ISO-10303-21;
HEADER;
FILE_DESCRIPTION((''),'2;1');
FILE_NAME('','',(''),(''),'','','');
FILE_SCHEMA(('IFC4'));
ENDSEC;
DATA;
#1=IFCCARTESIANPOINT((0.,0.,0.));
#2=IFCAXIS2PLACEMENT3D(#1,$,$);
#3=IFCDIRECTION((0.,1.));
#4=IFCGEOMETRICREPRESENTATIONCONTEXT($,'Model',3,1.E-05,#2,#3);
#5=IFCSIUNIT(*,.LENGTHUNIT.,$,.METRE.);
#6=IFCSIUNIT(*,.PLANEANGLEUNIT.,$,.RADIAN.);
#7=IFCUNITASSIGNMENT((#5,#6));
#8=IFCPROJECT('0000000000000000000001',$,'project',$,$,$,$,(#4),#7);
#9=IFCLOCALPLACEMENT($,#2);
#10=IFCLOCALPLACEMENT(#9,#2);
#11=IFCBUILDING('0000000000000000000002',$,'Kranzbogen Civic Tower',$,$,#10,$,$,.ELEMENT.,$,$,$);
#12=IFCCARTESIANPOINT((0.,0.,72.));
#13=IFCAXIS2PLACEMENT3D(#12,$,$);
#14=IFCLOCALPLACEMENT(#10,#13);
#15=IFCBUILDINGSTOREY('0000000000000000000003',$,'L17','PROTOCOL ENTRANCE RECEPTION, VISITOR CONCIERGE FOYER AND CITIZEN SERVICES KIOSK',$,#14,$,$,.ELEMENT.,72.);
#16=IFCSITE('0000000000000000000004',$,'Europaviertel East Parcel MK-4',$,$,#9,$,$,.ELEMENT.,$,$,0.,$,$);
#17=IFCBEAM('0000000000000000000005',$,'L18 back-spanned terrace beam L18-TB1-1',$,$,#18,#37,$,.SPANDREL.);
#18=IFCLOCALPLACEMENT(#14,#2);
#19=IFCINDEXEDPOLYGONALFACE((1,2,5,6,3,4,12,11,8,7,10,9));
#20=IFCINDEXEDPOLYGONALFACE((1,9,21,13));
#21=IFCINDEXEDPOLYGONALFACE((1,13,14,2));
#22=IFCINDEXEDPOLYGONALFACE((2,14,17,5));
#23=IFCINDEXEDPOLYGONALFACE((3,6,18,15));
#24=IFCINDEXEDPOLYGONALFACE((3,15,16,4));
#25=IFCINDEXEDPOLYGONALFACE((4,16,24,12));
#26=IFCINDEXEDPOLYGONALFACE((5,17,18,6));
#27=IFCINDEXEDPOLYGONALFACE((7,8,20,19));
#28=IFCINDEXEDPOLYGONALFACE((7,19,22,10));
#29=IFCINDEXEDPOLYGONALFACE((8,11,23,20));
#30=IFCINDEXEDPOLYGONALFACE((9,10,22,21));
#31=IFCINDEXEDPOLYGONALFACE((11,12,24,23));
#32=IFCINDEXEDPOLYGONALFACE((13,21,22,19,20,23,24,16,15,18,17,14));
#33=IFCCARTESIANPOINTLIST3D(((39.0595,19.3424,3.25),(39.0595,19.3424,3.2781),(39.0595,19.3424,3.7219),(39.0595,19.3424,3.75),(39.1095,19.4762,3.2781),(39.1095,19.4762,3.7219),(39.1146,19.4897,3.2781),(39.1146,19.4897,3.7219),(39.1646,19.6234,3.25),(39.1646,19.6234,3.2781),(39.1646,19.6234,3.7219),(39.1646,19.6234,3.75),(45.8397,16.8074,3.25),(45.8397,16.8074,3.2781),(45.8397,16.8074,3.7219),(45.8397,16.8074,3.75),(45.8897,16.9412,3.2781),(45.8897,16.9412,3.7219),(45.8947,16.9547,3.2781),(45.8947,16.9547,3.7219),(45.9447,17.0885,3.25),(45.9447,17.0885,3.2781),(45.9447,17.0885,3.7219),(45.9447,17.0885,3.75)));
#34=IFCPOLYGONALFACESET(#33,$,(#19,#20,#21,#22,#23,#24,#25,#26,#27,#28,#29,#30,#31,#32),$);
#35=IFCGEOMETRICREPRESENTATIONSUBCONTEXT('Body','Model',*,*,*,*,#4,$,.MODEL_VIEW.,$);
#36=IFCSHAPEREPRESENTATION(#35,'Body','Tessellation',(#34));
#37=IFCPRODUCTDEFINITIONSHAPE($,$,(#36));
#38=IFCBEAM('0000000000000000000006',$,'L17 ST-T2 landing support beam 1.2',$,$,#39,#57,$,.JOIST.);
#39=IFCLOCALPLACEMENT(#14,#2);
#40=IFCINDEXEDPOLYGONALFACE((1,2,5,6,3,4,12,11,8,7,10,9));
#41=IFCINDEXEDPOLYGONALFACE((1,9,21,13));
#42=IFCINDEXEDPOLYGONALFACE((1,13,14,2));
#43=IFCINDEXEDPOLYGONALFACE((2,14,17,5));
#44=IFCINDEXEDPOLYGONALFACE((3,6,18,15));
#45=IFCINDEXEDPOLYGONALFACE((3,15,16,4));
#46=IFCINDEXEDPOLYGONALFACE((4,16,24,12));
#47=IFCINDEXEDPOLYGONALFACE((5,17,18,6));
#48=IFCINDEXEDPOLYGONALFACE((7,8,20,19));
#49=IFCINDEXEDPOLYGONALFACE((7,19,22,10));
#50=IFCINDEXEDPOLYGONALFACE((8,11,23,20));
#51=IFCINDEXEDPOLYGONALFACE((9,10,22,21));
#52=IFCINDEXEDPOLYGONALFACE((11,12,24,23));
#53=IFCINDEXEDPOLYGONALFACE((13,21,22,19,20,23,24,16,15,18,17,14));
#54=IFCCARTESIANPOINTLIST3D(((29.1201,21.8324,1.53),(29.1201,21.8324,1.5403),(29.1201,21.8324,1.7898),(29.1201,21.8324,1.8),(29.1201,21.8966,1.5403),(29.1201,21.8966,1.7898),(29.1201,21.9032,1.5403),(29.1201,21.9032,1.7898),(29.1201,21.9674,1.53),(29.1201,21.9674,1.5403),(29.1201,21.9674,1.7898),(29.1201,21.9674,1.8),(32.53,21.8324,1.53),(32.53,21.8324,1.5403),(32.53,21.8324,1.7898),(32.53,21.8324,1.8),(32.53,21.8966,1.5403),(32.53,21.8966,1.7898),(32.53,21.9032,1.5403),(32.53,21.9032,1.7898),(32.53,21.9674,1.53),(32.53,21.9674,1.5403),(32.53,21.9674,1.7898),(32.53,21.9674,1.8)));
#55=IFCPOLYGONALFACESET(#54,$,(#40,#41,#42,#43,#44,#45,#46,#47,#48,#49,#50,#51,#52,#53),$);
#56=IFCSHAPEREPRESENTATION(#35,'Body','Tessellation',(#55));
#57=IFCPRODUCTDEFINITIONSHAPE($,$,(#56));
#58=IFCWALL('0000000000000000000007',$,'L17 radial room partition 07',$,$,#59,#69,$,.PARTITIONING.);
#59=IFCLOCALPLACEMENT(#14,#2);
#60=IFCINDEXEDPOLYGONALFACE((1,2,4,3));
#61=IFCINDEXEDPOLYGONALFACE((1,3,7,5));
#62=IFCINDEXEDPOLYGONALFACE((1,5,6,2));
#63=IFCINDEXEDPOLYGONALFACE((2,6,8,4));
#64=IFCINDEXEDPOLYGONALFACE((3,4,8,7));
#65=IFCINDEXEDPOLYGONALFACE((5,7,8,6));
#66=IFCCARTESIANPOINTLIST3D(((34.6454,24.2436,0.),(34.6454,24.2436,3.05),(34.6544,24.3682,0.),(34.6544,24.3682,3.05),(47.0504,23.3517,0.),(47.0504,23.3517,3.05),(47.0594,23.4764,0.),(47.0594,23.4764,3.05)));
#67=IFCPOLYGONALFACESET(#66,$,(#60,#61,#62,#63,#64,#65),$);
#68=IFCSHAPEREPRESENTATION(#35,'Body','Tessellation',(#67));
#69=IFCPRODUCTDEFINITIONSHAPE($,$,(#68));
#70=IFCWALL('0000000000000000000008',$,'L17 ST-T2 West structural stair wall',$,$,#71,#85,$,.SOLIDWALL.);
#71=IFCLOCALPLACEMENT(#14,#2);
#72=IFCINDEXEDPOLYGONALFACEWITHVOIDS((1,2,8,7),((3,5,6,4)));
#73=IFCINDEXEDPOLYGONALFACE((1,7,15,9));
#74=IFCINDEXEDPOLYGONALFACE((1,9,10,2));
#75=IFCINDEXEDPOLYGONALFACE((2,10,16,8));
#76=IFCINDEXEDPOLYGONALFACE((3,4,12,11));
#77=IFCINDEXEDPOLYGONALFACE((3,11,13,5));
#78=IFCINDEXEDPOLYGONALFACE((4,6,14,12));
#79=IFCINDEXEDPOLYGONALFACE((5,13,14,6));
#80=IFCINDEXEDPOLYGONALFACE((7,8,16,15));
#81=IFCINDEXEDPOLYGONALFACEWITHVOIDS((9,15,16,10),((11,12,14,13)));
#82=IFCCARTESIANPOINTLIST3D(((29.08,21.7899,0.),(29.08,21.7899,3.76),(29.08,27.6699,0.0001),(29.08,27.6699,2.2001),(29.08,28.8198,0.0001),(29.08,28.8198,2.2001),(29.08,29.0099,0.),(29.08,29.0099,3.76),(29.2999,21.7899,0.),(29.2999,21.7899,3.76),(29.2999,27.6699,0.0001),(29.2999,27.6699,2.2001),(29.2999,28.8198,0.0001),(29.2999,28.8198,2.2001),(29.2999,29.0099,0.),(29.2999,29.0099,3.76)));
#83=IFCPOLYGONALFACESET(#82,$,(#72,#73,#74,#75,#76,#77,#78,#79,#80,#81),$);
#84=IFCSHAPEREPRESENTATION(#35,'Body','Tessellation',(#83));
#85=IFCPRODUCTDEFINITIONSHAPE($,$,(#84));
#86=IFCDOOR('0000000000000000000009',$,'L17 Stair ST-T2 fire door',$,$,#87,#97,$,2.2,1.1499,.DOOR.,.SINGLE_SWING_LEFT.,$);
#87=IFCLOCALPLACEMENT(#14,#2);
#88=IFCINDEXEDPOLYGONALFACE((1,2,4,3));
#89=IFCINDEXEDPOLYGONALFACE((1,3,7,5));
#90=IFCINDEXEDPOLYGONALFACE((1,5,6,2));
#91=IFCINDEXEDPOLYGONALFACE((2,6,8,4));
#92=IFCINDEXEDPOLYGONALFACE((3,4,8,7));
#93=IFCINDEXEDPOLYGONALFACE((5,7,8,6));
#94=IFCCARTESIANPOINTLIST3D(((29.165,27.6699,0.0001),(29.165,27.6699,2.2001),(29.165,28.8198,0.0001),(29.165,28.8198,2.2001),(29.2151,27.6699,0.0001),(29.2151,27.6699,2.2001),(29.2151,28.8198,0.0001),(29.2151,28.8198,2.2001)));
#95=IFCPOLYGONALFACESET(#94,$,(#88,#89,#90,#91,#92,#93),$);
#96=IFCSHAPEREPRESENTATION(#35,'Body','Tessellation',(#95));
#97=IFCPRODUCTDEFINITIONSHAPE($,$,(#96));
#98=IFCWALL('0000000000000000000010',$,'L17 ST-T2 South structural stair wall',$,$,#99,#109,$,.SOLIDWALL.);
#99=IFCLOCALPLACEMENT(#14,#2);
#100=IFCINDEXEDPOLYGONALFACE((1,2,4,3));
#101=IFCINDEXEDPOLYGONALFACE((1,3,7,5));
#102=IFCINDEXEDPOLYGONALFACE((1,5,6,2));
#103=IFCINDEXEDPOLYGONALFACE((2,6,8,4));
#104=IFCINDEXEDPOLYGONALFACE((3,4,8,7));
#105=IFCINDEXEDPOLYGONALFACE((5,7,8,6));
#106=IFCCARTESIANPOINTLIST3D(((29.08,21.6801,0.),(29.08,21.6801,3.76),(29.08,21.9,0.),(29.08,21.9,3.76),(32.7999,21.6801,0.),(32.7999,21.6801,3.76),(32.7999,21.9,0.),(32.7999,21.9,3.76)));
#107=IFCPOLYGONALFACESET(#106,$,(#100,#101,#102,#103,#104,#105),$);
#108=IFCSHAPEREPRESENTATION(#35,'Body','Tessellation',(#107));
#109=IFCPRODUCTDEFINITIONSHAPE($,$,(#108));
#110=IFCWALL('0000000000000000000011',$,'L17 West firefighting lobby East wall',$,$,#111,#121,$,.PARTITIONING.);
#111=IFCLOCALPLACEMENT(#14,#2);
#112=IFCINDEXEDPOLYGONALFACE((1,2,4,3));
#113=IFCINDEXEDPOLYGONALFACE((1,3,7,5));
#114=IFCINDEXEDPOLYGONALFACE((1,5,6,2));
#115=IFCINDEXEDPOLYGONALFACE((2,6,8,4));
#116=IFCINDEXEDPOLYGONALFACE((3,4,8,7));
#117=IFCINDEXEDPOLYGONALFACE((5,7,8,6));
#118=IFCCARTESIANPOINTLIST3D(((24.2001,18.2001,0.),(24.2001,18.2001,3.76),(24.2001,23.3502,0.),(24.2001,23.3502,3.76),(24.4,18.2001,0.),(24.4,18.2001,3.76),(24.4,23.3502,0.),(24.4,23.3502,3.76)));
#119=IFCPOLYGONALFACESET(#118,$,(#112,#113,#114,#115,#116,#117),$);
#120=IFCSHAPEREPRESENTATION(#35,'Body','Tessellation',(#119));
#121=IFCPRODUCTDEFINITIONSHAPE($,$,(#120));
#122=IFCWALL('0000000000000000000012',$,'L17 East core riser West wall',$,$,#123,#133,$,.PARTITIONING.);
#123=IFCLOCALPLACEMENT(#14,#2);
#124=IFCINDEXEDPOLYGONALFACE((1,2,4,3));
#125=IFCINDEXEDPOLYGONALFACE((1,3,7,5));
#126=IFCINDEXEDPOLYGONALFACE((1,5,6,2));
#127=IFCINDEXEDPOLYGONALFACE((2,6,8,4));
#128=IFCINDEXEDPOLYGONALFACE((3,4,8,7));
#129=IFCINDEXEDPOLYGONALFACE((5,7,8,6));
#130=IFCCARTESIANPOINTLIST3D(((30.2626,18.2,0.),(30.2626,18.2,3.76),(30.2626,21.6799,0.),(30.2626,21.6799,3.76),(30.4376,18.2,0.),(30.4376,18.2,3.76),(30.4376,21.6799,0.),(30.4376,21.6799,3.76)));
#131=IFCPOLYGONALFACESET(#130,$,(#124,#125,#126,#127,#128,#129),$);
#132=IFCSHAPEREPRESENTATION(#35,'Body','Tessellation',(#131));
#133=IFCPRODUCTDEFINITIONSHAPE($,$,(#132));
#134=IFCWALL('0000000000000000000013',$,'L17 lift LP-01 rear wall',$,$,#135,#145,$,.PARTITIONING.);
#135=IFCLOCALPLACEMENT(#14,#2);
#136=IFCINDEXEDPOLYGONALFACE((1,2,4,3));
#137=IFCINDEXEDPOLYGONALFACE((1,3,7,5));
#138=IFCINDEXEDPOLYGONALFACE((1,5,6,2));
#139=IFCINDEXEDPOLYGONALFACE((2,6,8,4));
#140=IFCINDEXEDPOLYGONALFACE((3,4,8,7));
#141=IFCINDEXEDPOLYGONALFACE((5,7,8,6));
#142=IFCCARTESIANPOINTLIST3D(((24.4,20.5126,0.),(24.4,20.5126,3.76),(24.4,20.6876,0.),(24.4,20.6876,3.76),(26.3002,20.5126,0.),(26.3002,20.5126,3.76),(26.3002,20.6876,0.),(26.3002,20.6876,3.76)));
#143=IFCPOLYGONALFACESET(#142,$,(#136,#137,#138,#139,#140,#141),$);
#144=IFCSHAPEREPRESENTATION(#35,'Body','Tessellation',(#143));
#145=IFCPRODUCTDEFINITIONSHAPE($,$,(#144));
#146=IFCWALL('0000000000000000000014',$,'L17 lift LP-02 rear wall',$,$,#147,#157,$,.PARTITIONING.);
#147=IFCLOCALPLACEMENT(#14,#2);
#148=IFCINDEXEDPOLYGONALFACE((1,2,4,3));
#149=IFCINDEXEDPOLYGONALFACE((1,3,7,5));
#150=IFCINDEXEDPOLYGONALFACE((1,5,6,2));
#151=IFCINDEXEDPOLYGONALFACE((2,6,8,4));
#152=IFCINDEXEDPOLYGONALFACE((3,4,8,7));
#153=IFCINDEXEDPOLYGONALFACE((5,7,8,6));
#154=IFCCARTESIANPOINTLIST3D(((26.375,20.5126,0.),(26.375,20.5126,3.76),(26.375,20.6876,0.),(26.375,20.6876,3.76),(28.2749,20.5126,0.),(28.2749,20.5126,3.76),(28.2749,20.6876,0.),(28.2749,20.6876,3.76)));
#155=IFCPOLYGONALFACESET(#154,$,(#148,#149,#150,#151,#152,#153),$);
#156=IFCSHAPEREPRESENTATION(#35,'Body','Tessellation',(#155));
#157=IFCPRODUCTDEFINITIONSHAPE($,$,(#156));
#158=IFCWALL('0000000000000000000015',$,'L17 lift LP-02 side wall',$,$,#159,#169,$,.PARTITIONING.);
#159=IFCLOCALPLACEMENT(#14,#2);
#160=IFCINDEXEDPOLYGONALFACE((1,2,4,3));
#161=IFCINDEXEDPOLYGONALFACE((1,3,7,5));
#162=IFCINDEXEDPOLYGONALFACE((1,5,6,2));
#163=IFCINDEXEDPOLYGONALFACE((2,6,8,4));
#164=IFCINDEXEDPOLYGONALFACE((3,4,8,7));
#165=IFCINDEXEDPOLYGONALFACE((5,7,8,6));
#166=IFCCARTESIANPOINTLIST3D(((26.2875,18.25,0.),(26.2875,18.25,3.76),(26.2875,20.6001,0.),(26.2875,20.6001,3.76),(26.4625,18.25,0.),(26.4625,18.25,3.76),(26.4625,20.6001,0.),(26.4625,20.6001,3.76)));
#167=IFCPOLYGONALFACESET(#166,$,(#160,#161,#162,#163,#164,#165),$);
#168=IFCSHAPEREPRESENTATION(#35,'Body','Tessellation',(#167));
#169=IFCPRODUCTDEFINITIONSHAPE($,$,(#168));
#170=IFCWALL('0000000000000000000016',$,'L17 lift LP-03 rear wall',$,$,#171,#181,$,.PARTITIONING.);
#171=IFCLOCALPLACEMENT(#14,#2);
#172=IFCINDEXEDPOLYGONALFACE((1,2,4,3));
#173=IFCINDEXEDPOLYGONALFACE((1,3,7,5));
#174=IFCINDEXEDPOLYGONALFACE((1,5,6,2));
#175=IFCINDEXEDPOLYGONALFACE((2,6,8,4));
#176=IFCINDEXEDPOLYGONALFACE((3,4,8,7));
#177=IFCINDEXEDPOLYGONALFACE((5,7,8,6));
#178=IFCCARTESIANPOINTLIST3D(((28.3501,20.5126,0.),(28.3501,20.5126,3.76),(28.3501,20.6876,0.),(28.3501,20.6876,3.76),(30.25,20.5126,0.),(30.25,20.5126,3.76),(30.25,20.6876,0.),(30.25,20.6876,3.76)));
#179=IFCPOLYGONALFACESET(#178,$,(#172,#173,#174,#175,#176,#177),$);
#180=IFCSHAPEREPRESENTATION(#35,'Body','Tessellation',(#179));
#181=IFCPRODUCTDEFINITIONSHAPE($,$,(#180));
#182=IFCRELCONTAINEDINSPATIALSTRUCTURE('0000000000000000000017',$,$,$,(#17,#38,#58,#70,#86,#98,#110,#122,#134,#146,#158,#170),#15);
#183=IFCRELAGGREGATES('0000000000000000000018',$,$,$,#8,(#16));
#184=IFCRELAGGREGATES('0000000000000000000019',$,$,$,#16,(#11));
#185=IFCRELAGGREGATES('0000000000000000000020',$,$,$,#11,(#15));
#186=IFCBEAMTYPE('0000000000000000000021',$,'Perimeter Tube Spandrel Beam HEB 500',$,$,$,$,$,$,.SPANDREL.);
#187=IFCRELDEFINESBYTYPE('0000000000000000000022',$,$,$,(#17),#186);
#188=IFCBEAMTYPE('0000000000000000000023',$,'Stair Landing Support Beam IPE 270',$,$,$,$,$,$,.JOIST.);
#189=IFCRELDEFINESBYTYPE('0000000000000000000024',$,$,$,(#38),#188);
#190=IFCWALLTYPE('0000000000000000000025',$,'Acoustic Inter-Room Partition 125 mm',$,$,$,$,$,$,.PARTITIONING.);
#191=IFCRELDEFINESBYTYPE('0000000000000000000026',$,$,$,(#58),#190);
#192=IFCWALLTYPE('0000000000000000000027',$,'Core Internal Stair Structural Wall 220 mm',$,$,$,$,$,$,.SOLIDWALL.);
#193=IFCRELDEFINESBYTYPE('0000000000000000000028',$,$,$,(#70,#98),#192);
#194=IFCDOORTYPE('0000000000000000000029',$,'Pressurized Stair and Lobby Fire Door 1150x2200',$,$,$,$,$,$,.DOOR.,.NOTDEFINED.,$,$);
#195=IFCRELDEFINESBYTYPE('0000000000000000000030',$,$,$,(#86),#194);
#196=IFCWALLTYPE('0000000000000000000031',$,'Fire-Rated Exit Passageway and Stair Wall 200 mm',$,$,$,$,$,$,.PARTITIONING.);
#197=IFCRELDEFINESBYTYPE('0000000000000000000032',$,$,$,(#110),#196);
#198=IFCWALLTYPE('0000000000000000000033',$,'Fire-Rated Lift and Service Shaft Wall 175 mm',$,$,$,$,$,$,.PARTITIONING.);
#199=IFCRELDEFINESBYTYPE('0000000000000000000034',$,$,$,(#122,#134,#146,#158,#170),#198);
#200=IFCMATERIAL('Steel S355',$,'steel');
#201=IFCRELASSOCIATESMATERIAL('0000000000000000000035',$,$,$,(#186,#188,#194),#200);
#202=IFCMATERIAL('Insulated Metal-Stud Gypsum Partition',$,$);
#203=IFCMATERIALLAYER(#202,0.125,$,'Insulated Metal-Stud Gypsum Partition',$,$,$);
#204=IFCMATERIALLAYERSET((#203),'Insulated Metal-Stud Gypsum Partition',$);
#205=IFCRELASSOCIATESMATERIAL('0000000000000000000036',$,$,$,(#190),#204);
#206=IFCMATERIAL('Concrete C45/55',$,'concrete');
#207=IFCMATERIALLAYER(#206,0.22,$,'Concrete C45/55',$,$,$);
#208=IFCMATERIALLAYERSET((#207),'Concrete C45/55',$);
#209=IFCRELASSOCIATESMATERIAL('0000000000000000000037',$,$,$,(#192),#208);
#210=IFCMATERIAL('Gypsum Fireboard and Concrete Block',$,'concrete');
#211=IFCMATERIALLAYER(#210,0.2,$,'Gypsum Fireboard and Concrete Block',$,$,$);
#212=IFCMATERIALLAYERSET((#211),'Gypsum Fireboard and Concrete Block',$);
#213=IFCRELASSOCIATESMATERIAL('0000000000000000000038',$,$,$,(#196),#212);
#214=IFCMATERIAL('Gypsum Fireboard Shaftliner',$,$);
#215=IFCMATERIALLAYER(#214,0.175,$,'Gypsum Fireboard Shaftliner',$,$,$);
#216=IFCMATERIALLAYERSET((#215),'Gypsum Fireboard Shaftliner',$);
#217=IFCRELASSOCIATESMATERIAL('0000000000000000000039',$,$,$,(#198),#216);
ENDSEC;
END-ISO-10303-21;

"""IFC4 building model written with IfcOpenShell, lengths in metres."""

from ifc_helpers import new_model, si_unit, direction, frame, frame_2d, origin, origin_2d, place, context, subcontext, project, spatial, rectangle, i_section, extrude, material, layer, layer_set, material_profile, profile_set, type_object, element, fill, save


model = new_model("IFC4")

# Units and contexts
model_context = context("Model", 3, precision=1e-05, world=origin(), true_north=direction((0.0, 1.0)))
body_context = subcontext(model_context, "Body", "Model", "MODEL_VIEW")
ifc_project = project(units=[si_unit("LENGTHUNIT", "METRE"), si_unit("PLANEANGLEUNIT", "RADIAN")], contexts=[model_context])

# Site, building, storey
site_placement = place(None, origin())
site = spatial("IfcSite", under=ifc_project, at=site_placement, Name="Europaviertel East Parcel MK-4", CompositionType="ELEMENT", RefElevation=0.0)
building_placement = place(site_placement, origin())
building = spatial("IfcBuilding", under=site, at=building_placement, Name="Kranzbogen Civic Tower", CompositionType="ELEMENT")
storey_placement = place(building_placement, frame((0.0, 0.0, 72.0)))
storey = spatial("IfcBuildingStorey", under=building, at=storey_placement, Name="L17", Description="PROTOCOL ENTRANCE RECEPTION, VISITOR CONCIERGE FOYER AND CITIZEN SERVICES KIOSK", CompositionType="ELEMENT", Elevation=72.0)

# Beams
ifc_material_1 = material(Name="Steel S355", Category="steel")
ifc_material_profile_1 = material_profile(ifc_material_1, i_section(OverallWidth=0.3, OverallDepth=0.5, WebThickness=0.0144, FlangeThickness=0.0281, at=origin_2d()), Name="HEB 500")
ifc_profile_set_1 = profile_set([ifc_material_profile_1], Name="Steel S355")
beam_type_1 = type_object("IfcBeamType", Name="Perimeter Tube Spandrel Beam HEB 500", PredefinedType="SPANDREL", material=ifc_profile_set_1)
beam_1_placement = place(storey_placement, frame((39.1121, 19.4829, 3.5), z_axis=(0.936674, -0.350203, 0.0), x_axis=(0.350203, 0.936674, 0.0)))
element("IfcBeam", 1, at=beam_1_placement, inside=storey, type_object=beam_type_1, Name="L18 back-spanned terrace beam L18-TB1-1", PredefinedType="SPANDREL", context=body_context, shape_type="SweptSolid", body=[
    extrude(i_section(OverallWidth=0.3, OverallDepth=0.5, WebThickness=0.0144, FlangeThickness=0.0281, at=origin_2d()), origin(), (0.0, 0.0, 1.0), 7.2385),
])
ifc_material_profile_2 = material_profile(ifc_material_1, i_section(OverallWidth=0.135, OverallDepth=0.27, WebThickness=0.0066, FlangeThickness=0.0103, at=origin_2d()), Name="IPE 270")
ifc_profile_set_2 = profile_set([ifc_material_profile_2], Name="Steel S355")
beam_type_2 = type_object("IfcBeamType", Name="Stair Landing Support Beam IPE 270", PredefinedType="JOIST", material=ifc_profile_set_2)
beam_2_placement = place(storey_placement, frame((29.1201, 21.8999, 1.665), z_axis=(1.0, 0.0, 0.0), x_axis=(0.0, 1.0, 0.0)))
element("IfcBeam", 2, at=beam_2_placement, inside=storey, type_object=beam_type_2, Name="L17 ST-T2 landing support beam 1.2", PredefinedType="JOIST", context=body_context, shape_type="SweptSolid", body=[
    extrude(i_section(OverallWidth=0.135, OverallDepth=0.27, WebThickness=0.0066, FlangeThickness=0.0103, at=origin_2d()), origin(), (0.0, 0.0, 1.0), 3.4099),
])

# Wall
ifc_material_2 = material(Name="Insulated Metal-Stud Gypsum Partition")
ifc_layer_1 = layer(ifc_material_2, 0.125, Name="Insulated Metal-Stud Gypsum Partition")
ifc_layer_set_1 = layer_set([ifc_layer_1], Name="Insulated Metal-Stud Gypsum Partition")
wall_type_1 = type_object("IfcWallType", Name="Acoustic Inter-Room Partition 125 mm", PredefinedType="PARTITIONING", material=ifc_layer_set_1)
wall_1_placement = place(storey_placement, frame((34.6499, 24.3059, 0.0), z_axis=(0.0, 0.0, 1.0), x_axis=(0.997426, -0.071709, 0.0)))
element("IfcWall", 3, at=wall_1_placement, inside=storey, type_object=wall_type_1, Name="L17 radial room partition 07", PredefinedType="PARTITIONING", context=body_context, shape_type="SweptSolid", body=[
    extrude(rectangle(XDim=12.437, YDim=0.125, at=frame_2d((6.2185, 0.0))), origin(), (0.0, 0.0, 1.0), 3.05),
])

# Wall, opening, door
ifc_material_3 = material(Name="Concrete C45/55", Category="concrete")
ifc_layer_2 = layer(ifc_material_3, 0.22, Name="Concrete C45/55")
ifc_layer_set_2 = layer_set([ifc_layer_2], Name="Concrete C45/55")
wall_type_2 = type_object("IfcWallType", Name="Core Internal Stair Structural Wall 220 mm", PredefinedType="SOLIDWALL", material=ifc_layer_set_2)
wall_2_placement = place(storey_placement, frame((29.1899, 21.79, 0.0), z_axis=(0.0, 0.0, 1.0), x_axis=(0.0, 1.0, 0.0)))
wall_2 = element("IfcWall", 4, at=wall_2_placement, inside=storey, type_object=wall_type_2, Name="L17 ST-T2 West structural stair wall", PredefinedType="SOLIDWALL", context=body_context, shape_type="SweptSolid", body=[
    extrude(rectangle(XDim=7.22, YDim=0.22, at=frame_2d((3.6099, 0.0))), origin(), (0.0, 0.0, 1.0), 3.76),
])
opening_1_placement = place(wall_2_placement, frame((5.8799, 0.0, 0.0)))
opening_1 = element("IfcOpeningElement", 5, at=opening_1_placement, cuts=wall_2, PredefinedType="OPENING", context=body_context, shape_type="SweptSolid", body=[
    extrude(rectangle(XDim=1.1499, YDim=2.2, at=frame_2d((0.575, 1.1001))), frame((0.0, 0.1201, 0.0), z_axis=(0.0, -1.0, 0.0), x_axis=(1.0, 0.0, 0.0)), (0.0, 0.0, 1.0), 0.24),
])
door_type_1 = type_object("IfcDoorType", Name="Pressurized Stair and Lobby Fire Door 1150x2200", OperationType="NOTDEFINED", PredefinedType="DOOR", material=ifc_material_1)
door_1_placement = place(opening_1_placement, origin())
door_1 = element("IfcDoor", 6, at=door_1_placement, inside=storey, type_object=door_type_1, Name="L17 Stair ST-T2 fire door", OperationType="SINGLE_SWING_LEFT", OverallHeight=2.2, OverallWidth=1.1499, PredefinedType="DOOR", context=body_context, shape_type="SweptSolid", body=[
    extrude(rectangle(XDim=1.1499, YDim=2.2, at=frame_2d((0.575, 1.1001))), frame((0.0, 0.0249, 0.0), z_axis=(0.0, -1.0, 0.0), x_axis=(1.0, 0.0, 0.0)), (0.0, 0.0, 1.0), 0.05),
])
fill(opening_1, door_1)

# Walls
wall_3_placement = place(storey_placement, frame((29.0801, 21.79, 0.0), z_axis=(0.0, 0.0, 1.0), x_axis=(1.0, 0.0, 0.0)))
element("IfcWall", 7, at=wall_3_placement, inside=storey, type_object=wall_type_2, Name="L17 ST-T2 South structural stair wall", PredefinedType="SOLIDWALL", context=body_context, shape_type="SweptSolid", body=[
    extrude(rectangle(XDim=3.72, YDim=0.22, at=frame_2d((1.8599, 0.0))), origin(), (0.0, 0.0, 1.0), 3.76),
])
ifc_material_4 = material(Name="Gypsum Fireboard and Concrete Block", Category="concrete")
ifc_layer_3 = layer(ifc_material_4, 0.2, Name="Gypsum Fireboard and Concrete Block")
ifc_layer_set_3 = layer_set([ifc_layer_3], Name="Gypsum Fireboard and Concrete Block")
wall_type_3 = type_object("IfcWallType", Name="Fire-Rated Exit Passageway and Stair Wall 200 mm", PredefinedType="PARTITIONING", material=ifc_layer_set_3)
wall_4_placement = place(storey_placement, frame((24.3, 18.2, 0.0), z_axis=(0.0, 0.0, 1.0), x_axis=(0.0, 1.0, 0.0)))
element("IfcWall", 8, at=wall_4_placement, inside=storey, type_object=wall_type_3, Name="L17 West firefighting lobby East wall", PredefinedType="PARTITIONING", context=body_context, shape_type="SweptSolid", body=[
    extrude(rectangle(XDim=5.1501, YDim=0.2, at=frame_2d((2.5752, 0.0))), origin(), (0.0, 0.0, 1.0), 3.76),
])
ifc_material_5 = material(Name="Gypsum Fireboard Shaftliner")
ifc_layer_4 = layer(ifc_material_5, 0.175, Name="Gypsum Fireboard Shaftliner")
ifc_layer_set_4 = layer_set([ifc_layer_4], Name="Gypsum Fireboard Shaftliner")
wall_type_4 = type_object("IfcWallType", Name="Fire-Rated Lift and Service Shaft Wall 175 mm", PredefinedType="PARTITIONING", material=ifc_layer_set_4)
wall_5_placement = place(storey_placement, frame((30.3501, 18.2, 0.0), z_axis=(0.0, 0.0, 1.0), x_axis=(0.0, 1.0, 0.0)))
element("IfcWall", 9, at=wall_5_placement, inside=storey, type_object=wall_type_4, Name="L17 East core riser West wall", PredefinedType="PARTITIONING", context=body_context, shape_type="SweptSolid", body=[
    extrude(rectangle(XDim=3.48, YDim=0.175, at=frame_2d((1.74, 0.0))), origin(), (0.0, 0.0, 1.0), 3.76),
])
wall_6_placement = place(storey_placement, frame((24.3999, 20.6001, 0.0), z_axis=(0.0, 0.0, 1.0), x_axis=(1.0, 0.0, 0.0)))
element("IfcWall", 10, at=wall_6_placement, inside=storey, type_object=wall_type_4, Name="L17 lift LP-01 rear wall", PredefinedType="PARTITIONING", context=body_context, shape_type="SweptSolid", body=[
    extrude(rectangle(XDim=1.9001, YDim=0.175, at=frame_2d((0.9502, 0.0))), origin(), (0.0, 0.0, 1.0), 3.76),
])
wall_7_placement = place(storey_placement, frame((26.375, 20.6001, 0.0), z_axis=(0.0, 0.0, 1.0), x_axis=(1.0, 0.0, 0.0)))
element("IfcWall", 11, at=wall_7_placement, inside=storey, type_object=wall_type_4, Name="L17 lift LP-02 rear wall", PredefinedType="PARTITIONING", context=body_context, shape_type="SweptSolid", body=[
    extrude(rectangle(XDim=1.8999, YDim=0.175, at=frame_2d((0.95, 0.0))), origin(), (0.0, 0.0, 1.0), 3.76),
])
wall_8_placement = place(storey_placement, frame((26.375, 18.25, 0.0), z_axis=(0.0, 0.0, 1.0), x_axis=(0.0, 1.0, 0.0)))
element("IfcWall", 12, at=wall_8_placement, inside=storey, type_object=wall_type_4, Name="L17 lift LP-02 side wall", PredefinedType="PARTITIONING", context=body_context, shape_type="SweptSolid", body=[
    extrude(rectangle(XDim=2.3501, YDim=0.175, at=frame_2d((1.175, 0.0))), origin(), (0.0, 0.0, 1.0), 3.76),
])
wall_9_placement = place(storey_placement, frame((28.3501, 20.6001, 0.0), z_axis=(0.0, 0.0, 1.0), x_axis=(1.0, 0.0, 0.0)))
element("IfcWall", 13, at=wall_9_placement, inside=storey, type_object=wall_type_4, Name="L17 lift LP-03 rear wall", PredefinedType="PARTITIONING", context=body_context, shape_type="SweptSolid", body=[
    extrude(rectangle(XDim=1.8999, YDim=0.175, at=frame_2d((0.95, 0.0))), origin(), (0.0, 0.0, 1.0), 3.76),
])

save(model, "model.ifc")
